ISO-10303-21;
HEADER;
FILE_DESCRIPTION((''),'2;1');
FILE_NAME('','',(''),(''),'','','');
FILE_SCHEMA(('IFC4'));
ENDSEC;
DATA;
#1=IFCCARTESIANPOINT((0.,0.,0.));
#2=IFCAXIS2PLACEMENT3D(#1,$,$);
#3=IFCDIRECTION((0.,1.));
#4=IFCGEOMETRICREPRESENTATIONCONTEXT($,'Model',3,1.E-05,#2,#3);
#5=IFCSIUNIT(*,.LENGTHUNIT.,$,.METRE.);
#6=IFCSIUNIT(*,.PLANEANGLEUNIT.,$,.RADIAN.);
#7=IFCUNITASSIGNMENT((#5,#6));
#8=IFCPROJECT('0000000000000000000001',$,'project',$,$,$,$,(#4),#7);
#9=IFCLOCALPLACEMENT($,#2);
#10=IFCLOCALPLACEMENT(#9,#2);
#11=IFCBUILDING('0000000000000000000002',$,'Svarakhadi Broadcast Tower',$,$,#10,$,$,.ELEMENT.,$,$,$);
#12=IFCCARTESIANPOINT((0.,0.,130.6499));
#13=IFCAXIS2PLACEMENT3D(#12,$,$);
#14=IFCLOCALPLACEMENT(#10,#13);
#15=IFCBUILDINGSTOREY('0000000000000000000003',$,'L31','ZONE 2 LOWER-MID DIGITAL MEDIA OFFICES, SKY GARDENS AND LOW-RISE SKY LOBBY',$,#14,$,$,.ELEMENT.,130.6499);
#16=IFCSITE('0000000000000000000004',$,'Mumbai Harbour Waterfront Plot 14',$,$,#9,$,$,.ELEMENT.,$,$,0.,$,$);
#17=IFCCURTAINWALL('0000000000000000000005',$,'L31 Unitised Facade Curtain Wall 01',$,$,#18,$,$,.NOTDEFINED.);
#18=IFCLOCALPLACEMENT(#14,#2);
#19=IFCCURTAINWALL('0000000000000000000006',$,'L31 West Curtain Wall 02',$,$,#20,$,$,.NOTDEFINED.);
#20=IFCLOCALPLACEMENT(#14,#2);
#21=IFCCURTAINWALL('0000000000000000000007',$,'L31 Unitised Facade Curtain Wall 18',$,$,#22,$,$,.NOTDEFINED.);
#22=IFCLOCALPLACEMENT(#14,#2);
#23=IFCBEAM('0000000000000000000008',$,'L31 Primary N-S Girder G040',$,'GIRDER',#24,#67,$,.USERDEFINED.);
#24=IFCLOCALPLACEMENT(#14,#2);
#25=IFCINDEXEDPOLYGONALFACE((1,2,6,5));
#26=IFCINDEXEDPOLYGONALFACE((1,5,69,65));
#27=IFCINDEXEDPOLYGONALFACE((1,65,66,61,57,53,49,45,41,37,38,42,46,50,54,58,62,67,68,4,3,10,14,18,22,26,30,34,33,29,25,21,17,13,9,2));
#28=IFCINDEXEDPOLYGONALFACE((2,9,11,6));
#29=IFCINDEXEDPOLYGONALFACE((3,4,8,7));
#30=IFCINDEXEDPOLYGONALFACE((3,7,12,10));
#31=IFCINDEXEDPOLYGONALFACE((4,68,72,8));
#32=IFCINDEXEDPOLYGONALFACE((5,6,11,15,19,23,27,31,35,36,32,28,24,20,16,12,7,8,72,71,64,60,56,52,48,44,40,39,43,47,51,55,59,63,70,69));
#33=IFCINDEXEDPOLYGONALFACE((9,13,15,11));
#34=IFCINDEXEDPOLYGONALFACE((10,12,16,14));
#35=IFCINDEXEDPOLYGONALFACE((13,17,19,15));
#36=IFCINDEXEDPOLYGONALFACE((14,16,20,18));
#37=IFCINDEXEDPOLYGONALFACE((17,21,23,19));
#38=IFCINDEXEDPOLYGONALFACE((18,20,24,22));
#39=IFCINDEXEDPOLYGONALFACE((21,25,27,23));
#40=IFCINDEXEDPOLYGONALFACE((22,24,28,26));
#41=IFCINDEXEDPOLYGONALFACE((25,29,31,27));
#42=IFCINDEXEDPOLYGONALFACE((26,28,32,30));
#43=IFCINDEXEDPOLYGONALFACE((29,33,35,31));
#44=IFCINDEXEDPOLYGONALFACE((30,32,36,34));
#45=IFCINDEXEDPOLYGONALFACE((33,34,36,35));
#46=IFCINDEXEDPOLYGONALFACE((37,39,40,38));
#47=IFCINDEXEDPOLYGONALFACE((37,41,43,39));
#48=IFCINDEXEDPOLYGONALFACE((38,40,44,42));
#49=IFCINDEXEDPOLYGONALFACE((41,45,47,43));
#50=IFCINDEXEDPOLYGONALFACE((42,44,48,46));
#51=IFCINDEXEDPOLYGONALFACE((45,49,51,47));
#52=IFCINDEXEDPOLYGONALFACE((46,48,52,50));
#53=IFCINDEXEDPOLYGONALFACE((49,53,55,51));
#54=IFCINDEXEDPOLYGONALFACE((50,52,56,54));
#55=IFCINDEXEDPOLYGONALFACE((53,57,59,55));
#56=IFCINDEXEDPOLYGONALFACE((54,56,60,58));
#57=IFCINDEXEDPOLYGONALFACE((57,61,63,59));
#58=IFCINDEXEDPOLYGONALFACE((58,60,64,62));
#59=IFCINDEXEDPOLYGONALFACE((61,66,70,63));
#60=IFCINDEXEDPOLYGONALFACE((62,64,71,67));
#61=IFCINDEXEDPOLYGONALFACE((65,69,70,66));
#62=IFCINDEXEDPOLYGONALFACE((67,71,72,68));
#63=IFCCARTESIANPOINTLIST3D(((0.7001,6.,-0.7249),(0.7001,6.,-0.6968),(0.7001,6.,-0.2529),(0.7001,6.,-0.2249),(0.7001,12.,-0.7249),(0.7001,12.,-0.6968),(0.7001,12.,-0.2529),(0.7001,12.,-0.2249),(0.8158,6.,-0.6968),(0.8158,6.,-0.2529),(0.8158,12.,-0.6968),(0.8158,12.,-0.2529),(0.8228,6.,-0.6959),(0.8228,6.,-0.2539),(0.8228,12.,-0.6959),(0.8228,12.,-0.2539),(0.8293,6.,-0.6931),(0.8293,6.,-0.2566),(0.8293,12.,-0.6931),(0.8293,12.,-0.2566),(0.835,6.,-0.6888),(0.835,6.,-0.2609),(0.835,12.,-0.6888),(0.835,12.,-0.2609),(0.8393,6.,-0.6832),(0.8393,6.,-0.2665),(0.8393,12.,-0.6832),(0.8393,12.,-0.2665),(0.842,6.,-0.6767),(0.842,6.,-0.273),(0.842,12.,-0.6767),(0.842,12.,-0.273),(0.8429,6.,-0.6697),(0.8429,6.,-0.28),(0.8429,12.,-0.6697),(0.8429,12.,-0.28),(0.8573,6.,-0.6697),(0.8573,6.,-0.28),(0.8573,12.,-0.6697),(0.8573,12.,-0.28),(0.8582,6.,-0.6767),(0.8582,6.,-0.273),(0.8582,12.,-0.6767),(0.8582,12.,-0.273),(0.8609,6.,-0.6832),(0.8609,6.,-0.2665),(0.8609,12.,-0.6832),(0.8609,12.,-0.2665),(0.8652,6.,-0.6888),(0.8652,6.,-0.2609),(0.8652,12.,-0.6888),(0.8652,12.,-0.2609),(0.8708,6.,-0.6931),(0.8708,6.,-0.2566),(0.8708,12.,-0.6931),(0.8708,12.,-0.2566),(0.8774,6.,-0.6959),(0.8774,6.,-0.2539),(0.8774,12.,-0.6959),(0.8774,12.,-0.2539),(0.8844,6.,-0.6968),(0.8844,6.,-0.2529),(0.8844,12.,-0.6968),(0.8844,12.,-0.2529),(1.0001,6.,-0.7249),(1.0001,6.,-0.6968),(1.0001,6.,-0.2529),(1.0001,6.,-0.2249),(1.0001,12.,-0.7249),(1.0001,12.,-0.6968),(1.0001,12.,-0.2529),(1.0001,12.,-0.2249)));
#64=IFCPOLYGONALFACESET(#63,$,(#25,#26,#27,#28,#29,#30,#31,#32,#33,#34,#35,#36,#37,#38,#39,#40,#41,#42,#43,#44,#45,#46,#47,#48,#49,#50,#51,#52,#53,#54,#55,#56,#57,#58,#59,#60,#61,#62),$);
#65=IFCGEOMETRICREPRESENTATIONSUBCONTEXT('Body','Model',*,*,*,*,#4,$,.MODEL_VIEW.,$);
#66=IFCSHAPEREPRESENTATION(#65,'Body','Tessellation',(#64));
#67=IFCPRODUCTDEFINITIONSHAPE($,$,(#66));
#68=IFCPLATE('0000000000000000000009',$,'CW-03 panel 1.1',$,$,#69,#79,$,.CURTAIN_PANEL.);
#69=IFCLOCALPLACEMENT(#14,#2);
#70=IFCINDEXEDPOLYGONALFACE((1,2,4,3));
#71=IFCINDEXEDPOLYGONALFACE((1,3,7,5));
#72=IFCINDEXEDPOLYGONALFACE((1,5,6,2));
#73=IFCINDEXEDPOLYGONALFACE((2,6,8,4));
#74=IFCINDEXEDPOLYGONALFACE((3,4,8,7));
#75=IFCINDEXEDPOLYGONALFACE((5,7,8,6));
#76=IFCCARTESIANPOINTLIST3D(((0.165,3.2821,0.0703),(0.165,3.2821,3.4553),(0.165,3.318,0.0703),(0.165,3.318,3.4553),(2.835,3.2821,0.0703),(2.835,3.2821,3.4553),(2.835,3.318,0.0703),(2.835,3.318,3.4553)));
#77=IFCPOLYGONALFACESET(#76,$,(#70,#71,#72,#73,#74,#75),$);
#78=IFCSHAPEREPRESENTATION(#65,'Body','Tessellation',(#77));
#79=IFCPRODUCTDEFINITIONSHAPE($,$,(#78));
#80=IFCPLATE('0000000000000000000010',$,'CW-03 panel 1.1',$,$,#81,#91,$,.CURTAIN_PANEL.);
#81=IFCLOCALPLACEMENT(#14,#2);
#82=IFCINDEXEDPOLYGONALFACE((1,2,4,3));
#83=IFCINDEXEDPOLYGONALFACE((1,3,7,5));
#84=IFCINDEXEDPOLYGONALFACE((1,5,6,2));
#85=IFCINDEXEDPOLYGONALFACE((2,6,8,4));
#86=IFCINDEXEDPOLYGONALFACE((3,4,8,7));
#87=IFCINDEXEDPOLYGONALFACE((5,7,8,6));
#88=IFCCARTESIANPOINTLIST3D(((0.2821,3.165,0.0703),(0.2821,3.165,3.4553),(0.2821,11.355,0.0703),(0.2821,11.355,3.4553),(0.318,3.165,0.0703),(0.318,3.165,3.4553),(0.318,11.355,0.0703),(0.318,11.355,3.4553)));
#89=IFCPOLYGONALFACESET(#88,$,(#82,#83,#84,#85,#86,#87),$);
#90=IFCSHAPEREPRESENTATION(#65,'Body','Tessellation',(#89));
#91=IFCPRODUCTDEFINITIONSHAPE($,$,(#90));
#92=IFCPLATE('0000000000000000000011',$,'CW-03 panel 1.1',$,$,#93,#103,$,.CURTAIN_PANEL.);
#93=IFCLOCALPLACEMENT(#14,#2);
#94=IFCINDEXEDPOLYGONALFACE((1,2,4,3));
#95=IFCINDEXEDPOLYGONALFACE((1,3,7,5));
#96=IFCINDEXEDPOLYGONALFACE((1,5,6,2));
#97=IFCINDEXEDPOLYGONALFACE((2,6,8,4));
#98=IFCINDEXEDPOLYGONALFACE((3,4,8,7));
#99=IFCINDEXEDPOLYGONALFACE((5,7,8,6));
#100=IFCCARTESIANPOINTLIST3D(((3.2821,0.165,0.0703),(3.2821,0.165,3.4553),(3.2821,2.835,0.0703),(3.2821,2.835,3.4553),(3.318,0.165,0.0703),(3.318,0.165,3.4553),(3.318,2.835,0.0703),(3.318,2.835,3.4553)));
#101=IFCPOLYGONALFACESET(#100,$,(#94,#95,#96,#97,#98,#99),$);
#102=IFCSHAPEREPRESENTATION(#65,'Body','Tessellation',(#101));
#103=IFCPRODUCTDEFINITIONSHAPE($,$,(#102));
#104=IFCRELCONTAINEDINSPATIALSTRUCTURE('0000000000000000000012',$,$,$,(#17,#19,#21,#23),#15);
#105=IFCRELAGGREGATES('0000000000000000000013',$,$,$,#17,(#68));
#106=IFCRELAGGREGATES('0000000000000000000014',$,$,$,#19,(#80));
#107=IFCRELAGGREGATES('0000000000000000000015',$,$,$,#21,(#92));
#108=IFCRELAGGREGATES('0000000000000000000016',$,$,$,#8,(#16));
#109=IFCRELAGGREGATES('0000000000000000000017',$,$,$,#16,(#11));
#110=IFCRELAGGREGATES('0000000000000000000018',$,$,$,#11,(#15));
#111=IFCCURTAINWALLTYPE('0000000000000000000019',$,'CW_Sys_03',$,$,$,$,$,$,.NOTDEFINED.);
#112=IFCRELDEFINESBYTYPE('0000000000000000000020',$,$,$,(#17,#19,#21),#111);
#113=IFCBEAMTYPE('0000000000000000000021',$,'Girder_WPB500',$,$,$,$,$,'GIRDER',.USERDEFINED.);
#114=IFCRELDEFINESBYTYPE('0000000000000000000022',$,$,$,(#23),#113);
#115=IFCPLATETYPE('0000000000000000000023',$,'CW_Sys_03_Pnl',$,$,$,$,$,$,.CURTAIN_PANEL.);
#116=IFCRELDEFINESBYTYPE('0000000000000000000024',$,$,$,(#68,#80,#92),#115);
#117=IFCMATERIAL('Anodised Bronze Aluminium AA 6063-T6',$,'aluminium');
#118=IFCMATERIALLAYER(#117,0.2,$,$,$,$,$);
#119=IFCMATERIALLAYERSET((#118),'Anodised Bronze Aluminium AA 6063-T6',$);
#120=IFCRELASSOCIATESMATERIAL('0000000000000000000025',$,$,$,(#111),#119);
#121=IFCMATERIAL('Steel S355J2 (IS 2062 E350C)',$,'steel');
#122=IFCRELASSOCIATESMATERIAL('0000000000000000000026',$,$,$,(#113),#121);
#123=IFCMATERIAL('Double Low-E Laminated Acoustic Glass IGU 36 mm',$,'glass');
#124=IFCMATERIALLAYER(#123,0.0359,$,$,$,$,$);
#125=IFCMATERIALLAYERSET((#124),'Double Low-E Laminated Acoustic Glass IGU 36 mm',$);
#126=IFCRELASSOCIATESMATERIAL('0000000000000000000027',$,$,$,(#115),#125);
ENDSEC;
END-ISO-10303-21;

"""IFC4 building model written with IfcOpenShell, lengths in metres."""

from ifc_helpers import new_model, si_unit, direction, frame, origin, origin_2d, place, context, subcontext, project, spatial, rectangle, i_section, extrude, material, layer, layer_set, material_profile, profile_set, type_object, element, aggregate, save


model = new_model("IFC4")

# Units and contexts
model_context = context("Model", 3, precision=1e-05, world=origin(), true_north=direction((0.0, 1.0)))
body_context = subcontext(model_context, "Body", "Model", "MODEL_VIEW")
ifc_project = project(units=[si_unit("LENGTHUNIT", "METRE"), si_unit("PLANEANGLEUNIT", "RADIAN")], contexts=[model_context])

# Site, building, storey
site_placement = place(None, origin())
site = spatial("IfcSite", under=ifc_project, at=site_placement, Name="Mumbai Harbour Waterfront Plot 14", CompositionType="ELEMENT", RefElevation=0.0)
building_placement = place(site_placement, origin())
building = spatial("IfcBuilding", under=site, at=building_placement, Name="Svarakhadi Broadcast Tower", CompositionType="ELEMENT")
storey_placement = place(building_placement, frame((0.0, 0.0, 130.6499)))
storey = spatial("IfcBuildingStorey", under=building, at=storey_placement, Name="L31", Description="ZONE 2 LOWER-MID DIGITAL MEDIA OFFICES, SKY GARDENS AND LOW-RISE SKY LOBBY", CompositionType="ELEMENT", Elevation=130.6499)

# Curtain wall
ifc_material_1 = material(Name="Anodised Bronze Aluminium AA 6063-T6", Category="aluminium")
ifc_layer_1 = layer(ifc_material_1, 0.2)
ifc_layer_set_1 = layer_set([ifc_layer_1], Name="Anodised Bronze Aluminium AA 6063-T6")
curtain_wall_type = type_object("IfcCurtainWallType", Name="CW_Sys_03", PredefinedType="NOTDEFINED", material=ifc_layer_set_1)
curtain_wall_1_placement = place(storey_placement, origin())
curtain_wall_1 = element("IfcCurtainWall", 1, at=curtain_wall_1_placement, inside=storey, type_object=curtain_wall_type, Name="L31 Unitised Facade Curtain Wall 01", PredefinedType="NOTDEFINED")

# Curtain wall
curtain_wall_2_placement = place(storey_placement, origin())
curtain_wall_2 = element("IfcCurtainWall", 2, at=curtain_wall_2_placement, inside=storey, type_object=curtain_wall_type, Name="L31 West Curtain Wall 02", PredefinedType="NOTDEFINED")

# Curtain wall
curtain_wall_3_placement = place(storey_placement, origin())
curtain_wall_3 = element("IfcCurtainWall", 3, at=curtain_wall_3_placement, inside=storey, type_object=curtain_wall_type, Name="L31 Unitised Facade Curtain Wall 18", PredefinedType="NOTDEFINED")

# Beam
ifc_material_2 = material(Name="Steel S355J2 (IS 2062 E350C)", Category="steel")
ifc_material_profile_1 = material_profile(ifc_material_2, i_section(OverallWidth=0.3, OverallDepth=0.5, WebThickness=0.0144, FlangeThickness=0.0281, FilletRadius=0.0271, at=origin_2d()), Name="WPB 500x300x187")
ifc_profile_set_1 = profile_set([ifc_material_profile_1], Name="Steel S355J2 (IS 2062 E350C)")
beam_type = type_object("IfcBeamType", Name="Girder_WPB500", ElementType="GIRDER", PredefinedType="USERDEFINED", material=ifc_profile_set_1)
beam_1_placement = place(storey_placement, frame((0.8501, 6.0, -0.4749), z_axis=(0.0, 1.0, 0.0), x_axis=(-1.0, 0.0, 0.0)))
element("IfcBeam", 4, at=beam_1_placement, inside=storey, type_object=beam_type, Name="L31 Primary N-S Girder G040", ObjectType="GIRDER", PredefinedType="USERDEFINED", context=body_context, shape_type="SweptSolid", body=[
    extrude(i_section(OverallWidth=0.3, OverallDepth=0.5, WebThickness=0.0144, FlangeThickness=0.0281, FilletRadius=0.0271, at=origin_2d()), origin(), (0.0, 0.0, 1.0), 6.0),
])

# Plates
ifc_material_3 = material(Name="Double Low-E Laminated Acoustic Glass IGU 36 mm", Category="glass")
ifc_layer_2 = layer(ifc_material_3, 0.0359)
ifc_layer_set_2 = layer_set([ifc_layer_2], Name="Double Low-E Laminated Acoustic Glass IGU 36 mm")
plate_type = type_object("IfcPlateType", Name="CW_Sys_03_Pnl", PredefinedType="CURTAIN_PANEL", material=ifc_layer_set_2)
plate_1_placement = place(storey_placement, frame((1.5, 3.3, 0.0703), z_axis=(0.0, 0.0, 1.0), x_axis=(-1.0, 0.0, 0.0)))
plate_1 = element("IfcPlate", 5, at=plate_1_placement, type_object=plate_type, Name="CW-03 panel 1.1", PredefinedType="CURTAIN_PANEL", context=body_context, shape_type="SweptSolid", body=[
    extrude(rectangle(XDim=2.6699, YDim=0.0359, at=origin_2d()), origin(), (0.0, 0.0, 1.0), 3.385),
])
aggregate(curtain_wall_1, [plate_1])
plate_2_placement = place(storey_placement, frame((0.3, 7.26, 0.0703), z_axis=(0.0, 0.0, 1.0), x_axis=(0.0, 1.0, 0.0)))
plate_2 = element("IfcPlate", 6, at=plate_2_placement, type_object=plate_type, Name="CW-03 panel 1.1", PredefinedType="CURTAIN_PANEL", context=body_context, shape_type="SweptSolid", body=[
    extrude(rectangle(XDim=8.1899, YDim=0.0359, at=origin_2d()), origin(), (0.0, 0.0, 1.0), 3.385),
])
aggregate(curtain_wall_2, [plate_2])
plate_3_placement = place(storey_placement, frame((3.3, 1.5, 0.0703), z_axis=(0.0, 0.0, 1.0), x_axis=(0.0, 1.0, 0.0)))
plate_3 = element("IfcPlate", 7, at=plate_3_placement, type_object=plate_type, Name="CW-03 panel 1.1", PredefinedType="CURTAIN_PANEL", context=body_context, shape_type="SweptSolid", body=[
    extrude(rectangle(XDim=2.6699, YDim=0.0359, at=origin_2d()), origin(), (0.0, 0.0, 1.0), 3.385),
])
aggregate(curtain_wall_3, [plate_3])

save(model, "model.ifc")
